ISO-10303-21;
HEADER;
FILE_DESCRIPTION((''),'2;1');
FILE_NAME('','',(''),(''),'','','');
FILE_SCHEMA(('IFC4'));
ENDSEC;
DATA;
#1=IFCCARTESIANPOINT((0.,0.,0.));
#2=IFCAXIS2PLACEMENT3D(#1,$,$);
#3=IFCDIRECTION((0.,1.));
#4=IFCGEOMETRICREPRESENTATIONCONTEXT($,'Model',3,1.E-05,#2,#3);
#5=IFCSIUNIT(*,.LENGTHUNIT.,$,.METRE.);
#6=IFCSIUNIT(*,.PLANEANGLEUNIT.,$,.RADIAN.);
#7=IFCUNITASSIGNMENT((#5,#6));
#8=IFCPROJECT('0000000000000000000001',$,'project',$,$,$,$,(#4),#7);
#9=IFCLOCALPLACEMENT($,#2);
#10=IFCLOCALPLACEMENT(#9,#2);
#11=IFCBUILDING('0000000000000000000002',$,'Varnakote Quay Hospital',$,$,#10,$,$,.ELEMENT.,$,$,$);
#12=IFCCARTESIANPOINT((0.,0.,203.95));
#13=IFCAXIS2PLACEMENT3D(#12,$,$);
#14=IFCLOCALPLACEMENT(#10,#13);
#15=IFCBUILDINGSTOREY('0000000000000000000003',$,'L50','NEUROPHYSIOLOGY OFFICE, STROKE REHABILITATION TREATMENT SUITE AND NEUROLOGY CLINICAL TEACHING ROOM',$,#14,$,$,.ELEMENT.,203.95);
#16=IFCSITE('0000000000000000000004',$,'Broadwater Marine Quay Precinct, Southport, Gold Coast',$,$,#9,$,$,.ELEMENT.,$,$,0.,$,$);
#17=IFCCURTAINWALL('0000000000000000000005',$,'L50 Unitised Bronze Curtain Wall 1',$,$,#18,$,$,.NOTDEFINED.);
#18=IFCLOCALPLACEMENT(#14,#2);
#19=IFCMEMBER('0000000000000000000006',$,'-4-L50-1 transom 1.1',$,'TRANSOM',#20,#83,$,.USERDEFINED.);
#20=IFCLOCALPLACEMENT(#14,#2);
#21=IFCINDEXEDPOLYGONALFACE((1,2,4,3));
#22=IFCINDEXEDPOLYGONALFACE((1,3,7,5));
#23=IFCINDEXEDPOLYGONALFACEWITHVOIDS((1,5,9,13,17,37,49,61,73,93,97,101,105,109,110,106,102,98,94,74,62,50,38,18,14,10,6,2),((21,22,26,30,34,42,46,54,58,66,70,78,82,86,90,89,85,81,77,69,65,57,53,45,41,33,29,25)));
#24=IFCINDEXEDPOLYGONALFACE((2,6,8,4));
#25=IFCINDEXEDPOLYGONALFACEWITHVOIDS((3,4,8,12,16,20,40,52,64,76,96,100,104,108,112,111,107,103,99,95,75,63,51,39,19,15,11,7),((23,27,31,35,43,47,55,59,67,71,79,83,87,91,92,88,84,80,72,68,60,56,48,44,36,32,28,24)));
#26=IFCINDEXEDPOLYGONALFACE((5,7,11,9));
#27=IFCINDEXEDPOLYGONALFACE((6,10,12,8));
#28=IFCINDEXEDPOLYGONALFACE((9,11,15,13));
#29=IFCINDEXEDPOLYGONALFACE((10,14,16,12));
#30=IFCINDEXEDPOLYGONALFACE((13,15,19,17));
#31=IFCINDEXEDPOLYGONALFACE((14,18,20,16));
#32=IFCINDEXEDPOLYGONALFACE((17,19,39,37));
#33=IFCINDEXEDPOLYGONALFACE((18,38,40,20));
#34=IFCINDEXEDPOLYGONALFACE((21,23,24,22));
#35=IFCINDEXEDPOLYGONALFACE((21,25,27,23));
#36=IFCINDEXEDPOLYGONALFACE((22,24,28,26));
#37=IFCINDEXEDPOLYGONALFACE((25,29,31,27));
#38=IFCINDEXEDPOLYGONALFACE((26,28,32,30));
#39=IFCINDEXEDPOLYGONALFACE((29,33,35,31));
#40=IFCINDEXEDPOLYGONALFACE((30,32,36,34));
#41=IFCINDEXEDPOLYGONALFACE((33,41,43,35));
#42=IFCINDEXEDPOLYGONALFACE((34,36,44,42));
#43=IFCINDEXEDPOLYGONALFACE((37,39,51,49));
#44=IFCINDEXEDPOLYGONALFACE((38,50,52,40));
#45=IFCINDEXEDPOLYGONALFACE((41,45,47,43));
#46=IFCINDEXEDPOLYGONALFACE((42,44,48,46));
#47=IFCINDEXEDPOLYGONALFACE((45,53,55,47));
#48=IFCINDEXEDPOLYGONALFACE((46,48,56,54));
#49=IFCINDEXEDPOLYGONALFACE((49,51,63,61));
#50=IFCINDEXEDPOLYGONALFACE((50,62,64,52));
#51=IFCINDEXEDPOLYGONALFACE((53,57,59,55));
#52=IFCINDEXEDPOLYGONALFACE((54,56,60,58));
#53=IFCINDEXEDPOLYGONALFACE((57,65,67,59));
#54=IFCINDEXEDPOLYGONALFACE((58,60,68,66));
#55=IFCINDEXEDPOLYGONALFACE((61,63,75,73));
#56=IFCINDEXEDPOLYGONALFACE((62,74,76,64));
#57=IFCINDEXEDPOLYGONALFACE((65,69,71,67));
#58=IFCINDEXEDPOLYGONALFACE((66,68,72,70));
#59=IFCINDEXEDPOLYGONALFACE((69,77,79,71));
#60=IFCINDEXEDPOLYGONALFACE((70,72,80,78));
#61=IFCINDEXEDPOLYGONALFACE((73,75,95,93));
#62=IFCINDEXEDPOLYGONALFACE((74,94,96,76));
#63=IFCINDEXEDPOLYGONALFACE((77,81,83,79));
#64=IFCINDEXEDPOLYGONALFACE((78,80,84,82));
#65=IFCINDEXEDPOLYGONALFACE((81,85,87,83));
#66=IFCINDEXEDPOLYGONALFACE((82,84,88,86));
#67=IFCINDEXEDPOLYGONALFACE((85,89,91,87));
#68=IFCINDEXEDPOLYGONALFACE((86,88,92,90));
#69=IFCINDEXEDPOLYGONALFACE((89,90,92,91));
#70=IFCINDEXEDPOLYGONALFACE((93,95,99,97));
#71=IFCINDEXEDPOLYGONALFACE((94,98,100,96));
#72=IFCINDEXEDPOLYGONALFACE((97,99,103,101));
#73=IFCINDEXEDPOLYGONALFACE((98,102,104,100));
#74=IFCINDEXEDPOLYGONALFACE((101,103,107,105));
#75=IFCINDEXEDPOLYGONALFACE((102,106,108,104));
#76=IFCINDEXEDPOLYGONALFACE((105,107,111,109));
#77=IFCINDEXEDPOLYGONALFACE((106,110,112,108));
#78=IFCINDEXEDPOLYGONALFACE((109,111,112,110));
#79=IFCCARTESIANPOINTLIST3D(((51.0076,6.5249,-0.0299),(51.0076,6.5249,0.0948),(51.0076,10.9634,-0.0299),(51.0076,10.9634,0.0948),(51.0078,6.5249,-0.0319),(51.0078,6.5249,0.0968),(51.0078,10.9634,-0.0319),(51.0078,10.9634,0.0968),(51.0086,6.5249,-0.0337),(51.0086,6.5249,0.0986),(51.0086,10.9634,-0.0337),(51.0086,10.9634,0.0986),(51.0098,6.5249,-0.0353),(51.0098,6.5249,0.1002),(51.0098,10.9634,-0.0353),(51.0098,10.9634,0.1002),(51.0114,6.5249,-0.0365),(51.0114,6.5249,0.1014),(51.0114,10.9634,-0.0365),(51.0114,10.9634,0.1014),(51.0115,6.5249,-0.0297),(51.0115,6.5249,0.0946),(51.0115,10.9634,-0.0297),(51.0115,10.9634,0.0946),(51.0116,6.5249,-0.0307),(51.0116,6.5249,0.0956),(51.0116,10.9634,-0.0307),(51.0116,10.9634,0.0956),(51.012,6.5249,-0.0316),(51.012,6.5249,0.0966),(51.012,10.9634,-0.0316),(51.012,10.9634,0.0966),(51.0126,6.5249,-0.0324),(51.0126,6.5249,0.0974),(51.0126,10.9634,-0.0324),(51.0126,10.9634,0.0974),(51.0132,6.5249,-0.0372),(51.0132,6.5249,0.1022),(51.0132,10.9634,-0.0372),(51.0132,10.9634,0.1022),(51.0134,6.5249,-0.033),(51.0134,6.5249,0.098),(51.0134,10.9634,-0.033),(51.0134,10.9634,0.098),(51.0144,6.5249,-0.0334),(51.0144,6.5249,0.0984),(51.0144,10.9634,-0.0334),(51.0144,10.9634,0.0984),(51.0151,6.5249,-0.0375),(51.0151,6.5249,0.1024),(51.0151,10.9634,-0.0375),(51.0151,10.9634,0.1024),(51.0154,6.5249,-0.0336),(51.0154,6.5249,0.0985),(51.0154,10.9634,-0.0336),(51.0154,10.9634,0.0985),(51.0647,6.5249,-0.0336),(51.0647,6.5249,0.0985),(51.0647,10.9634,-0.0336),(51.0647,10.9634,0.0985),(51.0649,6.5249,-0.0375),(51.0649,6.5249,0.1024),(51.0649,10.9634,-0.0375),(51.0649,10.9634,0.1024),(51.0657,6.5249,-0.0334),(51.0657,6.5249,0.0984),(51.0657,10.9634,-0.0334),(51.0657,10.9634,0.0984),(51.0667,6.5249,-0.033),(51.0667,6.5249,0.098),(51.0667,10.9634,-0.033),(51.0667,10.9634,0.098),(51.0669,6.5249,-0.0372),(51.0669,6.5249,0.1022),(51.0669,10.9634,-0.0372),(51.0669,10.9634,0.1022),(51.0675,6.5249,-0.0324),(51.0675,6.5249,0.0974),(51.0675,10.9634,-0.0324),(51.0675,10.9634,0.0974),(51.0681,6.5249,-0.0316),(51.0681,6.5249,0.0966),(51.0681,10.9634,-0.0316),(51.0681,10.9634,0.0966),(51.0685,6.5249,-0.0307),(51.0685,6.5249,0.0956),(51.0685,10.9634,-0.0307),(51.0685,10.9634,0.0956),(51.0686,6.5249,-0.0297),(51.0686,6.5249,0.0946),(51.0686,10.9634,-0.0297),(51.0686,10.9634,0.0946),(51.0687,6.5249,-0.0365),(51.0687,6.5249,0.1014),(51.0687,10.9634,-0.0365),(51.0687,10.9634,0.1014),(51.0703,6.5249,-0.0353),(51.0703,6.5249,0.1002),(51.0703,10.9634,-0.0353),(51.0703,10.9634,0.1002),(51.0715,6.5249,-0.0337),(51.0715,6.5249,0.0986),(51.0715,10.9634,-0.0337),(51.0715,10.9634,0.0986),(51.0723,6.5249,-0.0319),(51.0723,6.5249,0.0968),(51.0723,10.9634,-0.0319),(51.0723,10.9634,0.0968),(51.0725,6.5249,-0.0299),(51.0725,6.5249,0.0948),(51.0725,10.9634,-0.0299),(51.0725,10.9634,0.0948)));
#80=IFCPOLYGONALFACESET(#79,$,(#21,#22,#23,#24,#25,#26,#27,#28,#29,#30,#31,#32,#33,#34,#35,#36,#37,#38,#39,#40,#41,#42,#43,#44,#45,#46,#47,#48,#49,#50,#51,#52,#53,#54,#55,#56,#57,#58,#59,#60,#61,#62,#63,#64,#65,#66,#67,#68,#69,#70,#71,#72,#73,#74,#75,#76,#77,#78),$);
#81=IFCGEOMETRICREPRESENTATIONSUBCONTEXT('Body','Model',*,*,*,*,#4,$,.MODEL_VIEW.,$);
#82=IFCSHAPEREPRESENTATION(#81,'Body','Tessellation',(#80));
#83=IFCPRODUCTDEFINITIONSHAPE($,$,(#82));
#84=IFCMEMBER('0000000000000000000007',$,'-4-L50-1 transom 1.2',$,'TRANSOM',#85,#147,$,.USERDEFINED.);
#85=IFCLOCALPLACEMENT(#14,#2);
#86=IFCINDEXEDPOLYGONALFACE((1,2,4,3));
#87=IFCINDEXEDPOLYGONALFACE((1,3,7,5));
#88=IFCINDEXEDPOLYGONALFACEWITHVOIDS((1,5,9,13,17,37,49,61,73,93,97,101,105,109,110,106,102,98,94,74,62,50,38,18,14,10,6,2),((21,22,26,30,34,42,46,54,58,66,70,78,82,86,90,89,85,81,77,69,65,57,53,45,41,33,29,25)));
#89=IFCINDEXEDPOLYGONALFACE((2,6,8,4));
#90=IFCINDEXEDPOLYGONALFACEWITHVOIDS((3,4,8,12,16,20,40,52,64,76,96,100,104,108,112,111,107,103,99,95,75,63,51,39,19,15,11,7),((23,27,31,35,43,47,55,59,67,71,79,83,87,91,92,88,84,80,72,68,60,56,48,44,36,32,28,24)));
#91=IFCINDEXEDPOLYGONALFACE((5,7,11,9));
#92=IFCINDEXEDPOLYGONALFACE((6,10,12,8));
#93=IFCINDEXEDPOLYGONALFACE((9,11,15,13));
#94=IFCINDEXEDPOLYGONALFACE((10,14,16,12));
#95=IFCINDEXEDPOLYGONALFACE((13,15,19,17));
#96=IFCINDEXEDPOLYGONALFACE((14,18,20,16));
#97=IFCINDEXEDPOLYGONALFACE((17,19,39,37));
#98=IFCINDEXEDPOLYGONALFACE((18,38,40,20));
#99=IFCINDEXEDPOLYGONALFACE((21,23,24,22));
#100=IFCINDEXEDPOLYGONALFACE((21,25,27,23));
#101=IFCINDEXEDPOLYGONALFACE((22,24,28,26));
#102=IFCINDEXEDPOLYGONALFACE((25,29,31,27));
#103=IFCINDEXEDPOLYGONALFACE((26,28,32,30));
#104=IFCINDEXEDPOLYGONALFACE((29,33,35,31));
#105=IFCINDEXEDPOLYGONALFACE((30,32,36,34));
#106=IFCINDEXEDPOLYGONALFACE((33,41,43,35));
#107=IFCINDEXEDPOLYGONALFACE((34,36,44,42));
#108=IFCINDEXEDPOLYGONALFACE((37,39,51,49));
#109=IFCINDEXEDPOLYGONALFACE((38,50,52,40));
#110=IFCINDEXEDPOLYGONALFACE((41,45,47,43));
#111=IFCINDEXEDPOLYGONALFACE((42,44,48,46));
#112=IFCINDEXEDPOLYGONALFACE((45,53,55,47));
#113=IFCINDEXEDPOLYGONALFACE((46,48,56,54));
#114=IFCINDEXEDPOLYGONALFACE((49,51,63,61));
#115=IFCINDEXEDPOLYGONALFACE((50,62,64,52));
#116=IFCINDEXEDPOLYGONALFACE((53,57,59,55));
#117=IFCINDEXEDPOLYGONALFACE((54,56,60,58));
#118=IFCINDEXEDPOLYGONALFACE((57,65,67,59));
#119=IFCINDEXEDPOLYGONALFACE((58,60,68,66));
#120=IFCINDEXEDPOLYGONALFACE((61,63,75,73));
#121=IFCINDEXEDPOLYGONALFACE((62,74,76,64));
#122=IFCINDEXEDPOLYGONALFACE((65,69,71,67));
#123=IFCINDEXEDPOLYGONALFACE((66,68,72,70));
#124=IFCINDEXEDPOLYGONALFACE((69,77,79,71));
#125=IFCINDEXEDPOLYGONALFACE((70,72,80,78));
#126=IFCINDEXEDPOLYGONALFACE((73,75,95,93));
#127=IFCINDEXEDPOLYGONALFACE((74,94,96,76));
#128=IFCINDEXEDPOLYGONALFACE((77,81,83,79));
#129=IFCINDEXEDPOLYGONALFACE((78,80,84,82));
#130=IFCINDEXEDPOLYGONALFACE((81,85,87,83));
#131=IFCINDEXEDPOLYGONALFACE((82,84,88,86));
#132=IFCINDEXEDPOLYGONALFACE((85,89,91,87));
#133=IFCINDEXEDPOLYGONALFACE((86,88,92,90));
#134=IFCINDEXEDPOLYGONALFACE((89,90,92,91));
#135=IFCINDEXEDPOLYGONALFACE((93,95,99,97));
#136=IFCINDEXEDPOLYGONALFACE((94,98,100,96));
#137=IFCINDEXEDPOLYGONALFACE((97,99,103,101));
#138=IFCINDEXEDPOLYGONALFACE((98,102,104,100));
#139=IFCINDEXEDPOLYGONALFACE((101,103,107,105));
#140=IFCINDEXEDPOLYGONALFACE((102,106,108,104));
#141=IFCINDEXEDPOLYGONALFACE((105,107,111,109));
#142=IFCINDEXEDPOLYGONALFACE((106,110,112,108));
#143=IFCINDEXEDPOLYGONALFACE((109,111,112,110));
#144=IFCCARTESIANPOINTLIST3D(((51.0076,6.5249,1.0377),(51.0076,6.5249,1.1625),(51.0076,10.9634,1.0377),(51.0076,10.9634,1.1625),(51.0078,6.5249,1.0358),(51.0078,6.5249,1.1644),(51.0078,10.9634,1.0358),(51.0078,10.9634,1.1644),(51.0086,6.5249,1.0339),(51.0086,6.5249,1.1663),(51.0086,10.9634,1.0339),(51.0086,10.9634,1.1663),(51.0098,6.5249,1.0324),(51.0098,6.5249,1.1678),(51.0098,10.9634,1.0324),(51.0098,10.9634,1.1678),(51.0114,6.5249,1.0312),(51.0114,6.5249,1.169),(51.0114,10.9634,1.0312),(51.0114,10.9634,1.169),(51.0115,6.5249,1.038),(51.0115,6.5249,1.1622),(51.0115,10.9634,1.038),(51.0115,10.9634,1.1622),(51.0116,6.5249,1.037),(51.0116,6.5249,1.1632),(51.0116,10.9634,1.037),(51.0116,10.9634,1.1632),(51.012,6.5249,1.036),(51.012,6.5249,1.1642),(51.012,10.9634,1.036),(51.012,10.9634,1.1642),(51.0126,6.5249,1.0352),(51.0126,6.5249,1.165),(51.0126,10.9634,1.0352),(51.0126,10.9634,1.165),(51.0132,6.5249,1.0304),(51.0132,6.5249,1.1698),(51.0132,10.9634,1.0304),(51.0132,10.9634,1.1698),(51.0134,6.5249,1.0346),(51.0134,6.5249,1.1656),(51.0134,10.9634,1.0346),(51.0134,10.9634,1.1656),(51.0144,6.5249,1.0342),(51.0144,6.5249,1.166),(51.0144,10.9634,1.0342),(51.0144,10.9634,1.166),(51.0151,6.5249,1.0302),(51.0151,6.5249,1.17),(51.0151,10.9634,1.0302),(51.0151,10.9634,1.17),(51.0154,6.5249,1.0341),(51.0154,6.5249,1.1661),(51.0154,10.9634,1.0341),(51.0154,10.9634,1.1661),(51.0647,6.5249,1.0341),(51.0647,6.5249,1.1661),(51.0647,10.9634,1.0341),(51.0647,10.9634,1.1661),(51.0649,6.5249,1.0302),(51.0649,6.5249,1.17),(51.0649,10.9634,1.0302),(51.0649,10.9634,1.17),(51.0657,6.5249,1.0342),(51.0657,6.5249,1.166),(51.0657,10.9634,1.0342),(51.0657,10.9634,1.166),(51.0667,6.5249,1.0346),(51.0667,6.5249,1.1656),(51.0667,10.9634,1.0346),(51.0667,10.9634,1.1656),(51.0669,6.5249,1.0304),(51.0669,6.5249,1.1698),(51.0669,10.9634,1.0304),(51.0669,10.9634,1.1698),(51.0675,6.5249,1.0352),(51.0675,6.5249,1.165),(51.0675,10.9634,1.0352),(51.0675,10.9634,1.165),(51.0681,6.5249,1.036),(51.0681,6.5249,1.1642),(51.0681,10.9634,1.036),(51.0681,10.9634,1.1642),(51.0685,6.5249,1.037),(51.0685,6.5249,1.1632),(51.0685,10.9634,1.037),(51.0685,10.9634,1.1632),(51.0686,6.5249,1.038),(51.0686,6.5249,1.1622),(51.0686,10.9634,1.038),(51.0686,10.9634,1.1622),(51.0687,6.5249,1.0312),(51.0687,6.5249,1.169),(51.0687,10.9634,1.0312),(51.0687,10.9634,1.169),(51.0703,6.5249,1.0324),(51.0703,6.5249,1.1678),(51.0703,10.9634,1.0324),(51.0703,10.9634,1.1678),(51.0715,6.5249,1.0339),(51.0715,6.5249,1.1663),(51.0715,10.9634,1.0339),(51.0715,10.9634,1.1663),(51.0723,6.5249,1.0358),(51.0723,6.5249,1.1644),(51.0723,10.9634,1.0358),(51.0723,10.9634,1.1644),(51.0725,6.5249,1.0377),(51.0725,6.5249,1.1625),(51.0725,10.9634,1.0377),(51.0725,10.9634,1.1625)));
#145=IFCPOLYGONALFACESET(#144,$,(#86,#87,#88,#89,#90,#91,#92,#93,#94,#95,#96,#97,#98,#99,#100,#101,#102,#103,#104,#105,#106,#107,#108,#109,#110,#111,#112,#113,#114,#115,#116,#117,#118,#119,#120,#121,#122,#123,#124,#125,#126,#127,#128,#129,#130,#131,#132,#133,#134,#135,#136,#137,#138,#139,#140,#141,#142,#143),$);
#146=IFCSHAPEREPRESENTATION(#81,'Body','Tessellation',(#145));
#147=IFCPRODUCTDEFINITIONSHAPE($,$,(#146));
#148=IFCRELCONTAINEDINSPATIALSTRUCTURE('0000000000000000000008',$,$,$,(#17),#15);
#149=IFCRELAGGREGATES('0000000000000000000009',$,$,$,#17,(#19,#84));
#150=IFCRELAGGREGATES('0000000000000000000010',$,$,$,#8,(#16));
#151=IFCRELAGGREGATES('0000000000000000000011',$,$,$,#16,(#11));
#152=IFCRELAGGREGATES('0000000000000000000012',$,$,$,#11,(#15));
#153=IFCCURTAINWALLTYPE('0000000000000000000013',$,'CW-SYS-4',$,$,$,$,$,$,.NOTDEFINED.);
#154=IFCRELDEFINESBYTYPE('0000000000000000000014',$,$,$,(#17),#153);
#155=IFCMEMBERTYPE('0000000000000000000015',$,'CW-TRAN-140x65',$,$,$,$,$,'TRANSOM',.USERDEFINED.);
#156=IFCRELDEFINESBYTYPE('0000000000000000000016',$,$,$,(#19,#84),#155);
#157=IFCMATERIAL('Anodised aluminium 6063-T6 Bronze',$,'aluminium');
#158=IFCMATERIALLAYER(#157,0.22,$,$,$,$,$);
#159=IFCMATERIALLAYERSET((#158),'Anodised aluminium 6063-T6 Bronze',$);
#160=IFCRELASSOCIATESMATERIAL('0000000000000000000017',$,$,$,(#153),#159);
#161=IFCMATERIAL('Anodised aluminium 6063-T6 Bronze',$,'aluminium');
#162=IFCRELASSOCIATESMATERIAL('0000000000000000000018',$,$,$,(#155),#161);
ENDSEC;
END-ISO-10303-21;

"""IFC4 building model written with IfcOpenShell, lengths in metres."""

from ifc_helpers import new_model, si_unit, direction, frame, origin, origin_2d, place, context, subcontext, project, spatial, hollow_rectangle, extrude, material, layer, layer_set, material_profile, profile_set, type_object, element, aggregate, save


model = new_model("IFC4")

# Units and contexts
model_context = context("Model", 3, precision=1e-05, world=origin(), true_north=direction((0.0, 1.0)))
body_context = subcontext(model_context, "Body", "Model", "MODEL_VIEW")
ifc_project = project(units=[si_unit("LENGTHUNIT", "METRE"), si_unit("PLANEANGLEUNIT", "RADIAN")], contexts=[model_context])

# Site, building, storey
site_placement = place(None, origin())
site = spatial("IfcSite", under=ifc_project, at=site_placement, Name="Broadwater Marine Quay Precinct, Southport, Gold Coast", CompositionType="ELEMENT", RefElevation=0.0)
building_placement = place(site_placement, origin())
building = spatial("IfcBuilding", under=site, at=building_placement, Name="Varnakote Quay Hospital", CompositionType="ELEMENT")
storey_placement = place(building_placement, frame((0.0, 0.0, 203.95)))
storey = spatial("IfcBuildingStorey", under=building, at=storey_placement, Name="L50", Description="NEUROPHYSIOLOGY OFFICE, STROKE REHABILITATION TREATMENT SUITE AND NEUROLOGY CLINICAL TEACHING ROOM", CompositionType="ELEMENT", Elevation=203.95)

# Curtain wall, members
ifc_material_1 = material(Name="Anodised aluminium 6063-T6 Bronze", Category="aluminium")
ifc_layer_1 = layer(ifc_material_1, 0.22)
ifc_layer_set_1 = layer_set([ifc_layer_1], Name="Anodised aluminium 6063-T6 Bronze")
curtain_wall_type = type_object("IfcCurtainWallType", Name="CW-SYS-4", PredefinedType="NOTDEFINED", material=ifc_layer_set_1)
curtain_wall_placement = place(storey_placement, origin())
curtain_wall = element("IfcCurtainWall", 1, at=curtain_wall_placement, inside=storey, type_object=curtain_wall_type, Name="L50 Unitised Bronze Curtain Wall 1", PredefinedType="NOTDEFINED")
ifc_material_2 = material(Name="Anodised aluminium 6063-T6 Bronze", Category="aluminium")
ifc_material_profile_1 = material_profile(ifc_material_2, hollow_rectangle(XDim=0.0649, YDim=0.1399, WallThickness=0.0039, InnerFilletRadius=0.0039, OuterFilletRadius=0.0076, at=origin_2d()), Name="CW-TRAN-140x65")
ifc_profile_set_1 = profile_set([ifc_material_profile_1], Name="Anodised aluminium 6063-T6 Bronze")
member_type_1 = type_object("IfcMemberType", Name="CW-TRAN-140x65", ElementType="TRANSOM", PredefinedType="USERDEFINED", material=ifc_profile_set_1)
member_1_placement = place(storey_placement, frame((51.04, 6.5249, 0.0325), z_axis=(0.0, 1.0, 0.0), x_axis=(-1.0, 0.0, 0.0)))
member_1 = element("IfcMember", 2, at=member_1_placement, type_object=member_type_1, Name="-4-L50-1 transom 1.1", ObjectType="TRANSOM", PredefinedType="USERDEFINED", context=body_context, shape_type="SweptSolid", body=[
    extrude(hollow_rectangle(XDim=0.0649, YDim=0.1399, WallThickness=0.0039, InnerFilletRadius=0.0039, OuterFilletRadius=0.0076, at=origin_2d()), origin(), (0.0, 0.0, 1.0), 4.4385),
])
member_2_placement = place(storey_placement, frame((51.04, 6.5249, 1.1001), z_axis=(0.0, 1.0, 0.0), x_axis=(-1.0, 0.0, 0.0)))
member_2 = element("IfcMember", 3, at=member_2_placement, type_object=member_type_1, Name="-4-L50-1 transom 1.2", ObjectType="TRANSOM", PredefinedType="USERDEFINED", context=body_context, shape_type="SweptSolid", body=[
    extrude(hollow_rectangle(XDim=0.0649, YDim=0.1399, WallThickness=0.0039, InnerFilletRadius=0.0039, OuterFilletRadius=0.0076, at=origin_2d()), origin(), (0.0, 0.0, 1.0), 4.4385),
])
aggregate(curtain_wall, [member_1, member_2])

save(model, "model.ifc")
